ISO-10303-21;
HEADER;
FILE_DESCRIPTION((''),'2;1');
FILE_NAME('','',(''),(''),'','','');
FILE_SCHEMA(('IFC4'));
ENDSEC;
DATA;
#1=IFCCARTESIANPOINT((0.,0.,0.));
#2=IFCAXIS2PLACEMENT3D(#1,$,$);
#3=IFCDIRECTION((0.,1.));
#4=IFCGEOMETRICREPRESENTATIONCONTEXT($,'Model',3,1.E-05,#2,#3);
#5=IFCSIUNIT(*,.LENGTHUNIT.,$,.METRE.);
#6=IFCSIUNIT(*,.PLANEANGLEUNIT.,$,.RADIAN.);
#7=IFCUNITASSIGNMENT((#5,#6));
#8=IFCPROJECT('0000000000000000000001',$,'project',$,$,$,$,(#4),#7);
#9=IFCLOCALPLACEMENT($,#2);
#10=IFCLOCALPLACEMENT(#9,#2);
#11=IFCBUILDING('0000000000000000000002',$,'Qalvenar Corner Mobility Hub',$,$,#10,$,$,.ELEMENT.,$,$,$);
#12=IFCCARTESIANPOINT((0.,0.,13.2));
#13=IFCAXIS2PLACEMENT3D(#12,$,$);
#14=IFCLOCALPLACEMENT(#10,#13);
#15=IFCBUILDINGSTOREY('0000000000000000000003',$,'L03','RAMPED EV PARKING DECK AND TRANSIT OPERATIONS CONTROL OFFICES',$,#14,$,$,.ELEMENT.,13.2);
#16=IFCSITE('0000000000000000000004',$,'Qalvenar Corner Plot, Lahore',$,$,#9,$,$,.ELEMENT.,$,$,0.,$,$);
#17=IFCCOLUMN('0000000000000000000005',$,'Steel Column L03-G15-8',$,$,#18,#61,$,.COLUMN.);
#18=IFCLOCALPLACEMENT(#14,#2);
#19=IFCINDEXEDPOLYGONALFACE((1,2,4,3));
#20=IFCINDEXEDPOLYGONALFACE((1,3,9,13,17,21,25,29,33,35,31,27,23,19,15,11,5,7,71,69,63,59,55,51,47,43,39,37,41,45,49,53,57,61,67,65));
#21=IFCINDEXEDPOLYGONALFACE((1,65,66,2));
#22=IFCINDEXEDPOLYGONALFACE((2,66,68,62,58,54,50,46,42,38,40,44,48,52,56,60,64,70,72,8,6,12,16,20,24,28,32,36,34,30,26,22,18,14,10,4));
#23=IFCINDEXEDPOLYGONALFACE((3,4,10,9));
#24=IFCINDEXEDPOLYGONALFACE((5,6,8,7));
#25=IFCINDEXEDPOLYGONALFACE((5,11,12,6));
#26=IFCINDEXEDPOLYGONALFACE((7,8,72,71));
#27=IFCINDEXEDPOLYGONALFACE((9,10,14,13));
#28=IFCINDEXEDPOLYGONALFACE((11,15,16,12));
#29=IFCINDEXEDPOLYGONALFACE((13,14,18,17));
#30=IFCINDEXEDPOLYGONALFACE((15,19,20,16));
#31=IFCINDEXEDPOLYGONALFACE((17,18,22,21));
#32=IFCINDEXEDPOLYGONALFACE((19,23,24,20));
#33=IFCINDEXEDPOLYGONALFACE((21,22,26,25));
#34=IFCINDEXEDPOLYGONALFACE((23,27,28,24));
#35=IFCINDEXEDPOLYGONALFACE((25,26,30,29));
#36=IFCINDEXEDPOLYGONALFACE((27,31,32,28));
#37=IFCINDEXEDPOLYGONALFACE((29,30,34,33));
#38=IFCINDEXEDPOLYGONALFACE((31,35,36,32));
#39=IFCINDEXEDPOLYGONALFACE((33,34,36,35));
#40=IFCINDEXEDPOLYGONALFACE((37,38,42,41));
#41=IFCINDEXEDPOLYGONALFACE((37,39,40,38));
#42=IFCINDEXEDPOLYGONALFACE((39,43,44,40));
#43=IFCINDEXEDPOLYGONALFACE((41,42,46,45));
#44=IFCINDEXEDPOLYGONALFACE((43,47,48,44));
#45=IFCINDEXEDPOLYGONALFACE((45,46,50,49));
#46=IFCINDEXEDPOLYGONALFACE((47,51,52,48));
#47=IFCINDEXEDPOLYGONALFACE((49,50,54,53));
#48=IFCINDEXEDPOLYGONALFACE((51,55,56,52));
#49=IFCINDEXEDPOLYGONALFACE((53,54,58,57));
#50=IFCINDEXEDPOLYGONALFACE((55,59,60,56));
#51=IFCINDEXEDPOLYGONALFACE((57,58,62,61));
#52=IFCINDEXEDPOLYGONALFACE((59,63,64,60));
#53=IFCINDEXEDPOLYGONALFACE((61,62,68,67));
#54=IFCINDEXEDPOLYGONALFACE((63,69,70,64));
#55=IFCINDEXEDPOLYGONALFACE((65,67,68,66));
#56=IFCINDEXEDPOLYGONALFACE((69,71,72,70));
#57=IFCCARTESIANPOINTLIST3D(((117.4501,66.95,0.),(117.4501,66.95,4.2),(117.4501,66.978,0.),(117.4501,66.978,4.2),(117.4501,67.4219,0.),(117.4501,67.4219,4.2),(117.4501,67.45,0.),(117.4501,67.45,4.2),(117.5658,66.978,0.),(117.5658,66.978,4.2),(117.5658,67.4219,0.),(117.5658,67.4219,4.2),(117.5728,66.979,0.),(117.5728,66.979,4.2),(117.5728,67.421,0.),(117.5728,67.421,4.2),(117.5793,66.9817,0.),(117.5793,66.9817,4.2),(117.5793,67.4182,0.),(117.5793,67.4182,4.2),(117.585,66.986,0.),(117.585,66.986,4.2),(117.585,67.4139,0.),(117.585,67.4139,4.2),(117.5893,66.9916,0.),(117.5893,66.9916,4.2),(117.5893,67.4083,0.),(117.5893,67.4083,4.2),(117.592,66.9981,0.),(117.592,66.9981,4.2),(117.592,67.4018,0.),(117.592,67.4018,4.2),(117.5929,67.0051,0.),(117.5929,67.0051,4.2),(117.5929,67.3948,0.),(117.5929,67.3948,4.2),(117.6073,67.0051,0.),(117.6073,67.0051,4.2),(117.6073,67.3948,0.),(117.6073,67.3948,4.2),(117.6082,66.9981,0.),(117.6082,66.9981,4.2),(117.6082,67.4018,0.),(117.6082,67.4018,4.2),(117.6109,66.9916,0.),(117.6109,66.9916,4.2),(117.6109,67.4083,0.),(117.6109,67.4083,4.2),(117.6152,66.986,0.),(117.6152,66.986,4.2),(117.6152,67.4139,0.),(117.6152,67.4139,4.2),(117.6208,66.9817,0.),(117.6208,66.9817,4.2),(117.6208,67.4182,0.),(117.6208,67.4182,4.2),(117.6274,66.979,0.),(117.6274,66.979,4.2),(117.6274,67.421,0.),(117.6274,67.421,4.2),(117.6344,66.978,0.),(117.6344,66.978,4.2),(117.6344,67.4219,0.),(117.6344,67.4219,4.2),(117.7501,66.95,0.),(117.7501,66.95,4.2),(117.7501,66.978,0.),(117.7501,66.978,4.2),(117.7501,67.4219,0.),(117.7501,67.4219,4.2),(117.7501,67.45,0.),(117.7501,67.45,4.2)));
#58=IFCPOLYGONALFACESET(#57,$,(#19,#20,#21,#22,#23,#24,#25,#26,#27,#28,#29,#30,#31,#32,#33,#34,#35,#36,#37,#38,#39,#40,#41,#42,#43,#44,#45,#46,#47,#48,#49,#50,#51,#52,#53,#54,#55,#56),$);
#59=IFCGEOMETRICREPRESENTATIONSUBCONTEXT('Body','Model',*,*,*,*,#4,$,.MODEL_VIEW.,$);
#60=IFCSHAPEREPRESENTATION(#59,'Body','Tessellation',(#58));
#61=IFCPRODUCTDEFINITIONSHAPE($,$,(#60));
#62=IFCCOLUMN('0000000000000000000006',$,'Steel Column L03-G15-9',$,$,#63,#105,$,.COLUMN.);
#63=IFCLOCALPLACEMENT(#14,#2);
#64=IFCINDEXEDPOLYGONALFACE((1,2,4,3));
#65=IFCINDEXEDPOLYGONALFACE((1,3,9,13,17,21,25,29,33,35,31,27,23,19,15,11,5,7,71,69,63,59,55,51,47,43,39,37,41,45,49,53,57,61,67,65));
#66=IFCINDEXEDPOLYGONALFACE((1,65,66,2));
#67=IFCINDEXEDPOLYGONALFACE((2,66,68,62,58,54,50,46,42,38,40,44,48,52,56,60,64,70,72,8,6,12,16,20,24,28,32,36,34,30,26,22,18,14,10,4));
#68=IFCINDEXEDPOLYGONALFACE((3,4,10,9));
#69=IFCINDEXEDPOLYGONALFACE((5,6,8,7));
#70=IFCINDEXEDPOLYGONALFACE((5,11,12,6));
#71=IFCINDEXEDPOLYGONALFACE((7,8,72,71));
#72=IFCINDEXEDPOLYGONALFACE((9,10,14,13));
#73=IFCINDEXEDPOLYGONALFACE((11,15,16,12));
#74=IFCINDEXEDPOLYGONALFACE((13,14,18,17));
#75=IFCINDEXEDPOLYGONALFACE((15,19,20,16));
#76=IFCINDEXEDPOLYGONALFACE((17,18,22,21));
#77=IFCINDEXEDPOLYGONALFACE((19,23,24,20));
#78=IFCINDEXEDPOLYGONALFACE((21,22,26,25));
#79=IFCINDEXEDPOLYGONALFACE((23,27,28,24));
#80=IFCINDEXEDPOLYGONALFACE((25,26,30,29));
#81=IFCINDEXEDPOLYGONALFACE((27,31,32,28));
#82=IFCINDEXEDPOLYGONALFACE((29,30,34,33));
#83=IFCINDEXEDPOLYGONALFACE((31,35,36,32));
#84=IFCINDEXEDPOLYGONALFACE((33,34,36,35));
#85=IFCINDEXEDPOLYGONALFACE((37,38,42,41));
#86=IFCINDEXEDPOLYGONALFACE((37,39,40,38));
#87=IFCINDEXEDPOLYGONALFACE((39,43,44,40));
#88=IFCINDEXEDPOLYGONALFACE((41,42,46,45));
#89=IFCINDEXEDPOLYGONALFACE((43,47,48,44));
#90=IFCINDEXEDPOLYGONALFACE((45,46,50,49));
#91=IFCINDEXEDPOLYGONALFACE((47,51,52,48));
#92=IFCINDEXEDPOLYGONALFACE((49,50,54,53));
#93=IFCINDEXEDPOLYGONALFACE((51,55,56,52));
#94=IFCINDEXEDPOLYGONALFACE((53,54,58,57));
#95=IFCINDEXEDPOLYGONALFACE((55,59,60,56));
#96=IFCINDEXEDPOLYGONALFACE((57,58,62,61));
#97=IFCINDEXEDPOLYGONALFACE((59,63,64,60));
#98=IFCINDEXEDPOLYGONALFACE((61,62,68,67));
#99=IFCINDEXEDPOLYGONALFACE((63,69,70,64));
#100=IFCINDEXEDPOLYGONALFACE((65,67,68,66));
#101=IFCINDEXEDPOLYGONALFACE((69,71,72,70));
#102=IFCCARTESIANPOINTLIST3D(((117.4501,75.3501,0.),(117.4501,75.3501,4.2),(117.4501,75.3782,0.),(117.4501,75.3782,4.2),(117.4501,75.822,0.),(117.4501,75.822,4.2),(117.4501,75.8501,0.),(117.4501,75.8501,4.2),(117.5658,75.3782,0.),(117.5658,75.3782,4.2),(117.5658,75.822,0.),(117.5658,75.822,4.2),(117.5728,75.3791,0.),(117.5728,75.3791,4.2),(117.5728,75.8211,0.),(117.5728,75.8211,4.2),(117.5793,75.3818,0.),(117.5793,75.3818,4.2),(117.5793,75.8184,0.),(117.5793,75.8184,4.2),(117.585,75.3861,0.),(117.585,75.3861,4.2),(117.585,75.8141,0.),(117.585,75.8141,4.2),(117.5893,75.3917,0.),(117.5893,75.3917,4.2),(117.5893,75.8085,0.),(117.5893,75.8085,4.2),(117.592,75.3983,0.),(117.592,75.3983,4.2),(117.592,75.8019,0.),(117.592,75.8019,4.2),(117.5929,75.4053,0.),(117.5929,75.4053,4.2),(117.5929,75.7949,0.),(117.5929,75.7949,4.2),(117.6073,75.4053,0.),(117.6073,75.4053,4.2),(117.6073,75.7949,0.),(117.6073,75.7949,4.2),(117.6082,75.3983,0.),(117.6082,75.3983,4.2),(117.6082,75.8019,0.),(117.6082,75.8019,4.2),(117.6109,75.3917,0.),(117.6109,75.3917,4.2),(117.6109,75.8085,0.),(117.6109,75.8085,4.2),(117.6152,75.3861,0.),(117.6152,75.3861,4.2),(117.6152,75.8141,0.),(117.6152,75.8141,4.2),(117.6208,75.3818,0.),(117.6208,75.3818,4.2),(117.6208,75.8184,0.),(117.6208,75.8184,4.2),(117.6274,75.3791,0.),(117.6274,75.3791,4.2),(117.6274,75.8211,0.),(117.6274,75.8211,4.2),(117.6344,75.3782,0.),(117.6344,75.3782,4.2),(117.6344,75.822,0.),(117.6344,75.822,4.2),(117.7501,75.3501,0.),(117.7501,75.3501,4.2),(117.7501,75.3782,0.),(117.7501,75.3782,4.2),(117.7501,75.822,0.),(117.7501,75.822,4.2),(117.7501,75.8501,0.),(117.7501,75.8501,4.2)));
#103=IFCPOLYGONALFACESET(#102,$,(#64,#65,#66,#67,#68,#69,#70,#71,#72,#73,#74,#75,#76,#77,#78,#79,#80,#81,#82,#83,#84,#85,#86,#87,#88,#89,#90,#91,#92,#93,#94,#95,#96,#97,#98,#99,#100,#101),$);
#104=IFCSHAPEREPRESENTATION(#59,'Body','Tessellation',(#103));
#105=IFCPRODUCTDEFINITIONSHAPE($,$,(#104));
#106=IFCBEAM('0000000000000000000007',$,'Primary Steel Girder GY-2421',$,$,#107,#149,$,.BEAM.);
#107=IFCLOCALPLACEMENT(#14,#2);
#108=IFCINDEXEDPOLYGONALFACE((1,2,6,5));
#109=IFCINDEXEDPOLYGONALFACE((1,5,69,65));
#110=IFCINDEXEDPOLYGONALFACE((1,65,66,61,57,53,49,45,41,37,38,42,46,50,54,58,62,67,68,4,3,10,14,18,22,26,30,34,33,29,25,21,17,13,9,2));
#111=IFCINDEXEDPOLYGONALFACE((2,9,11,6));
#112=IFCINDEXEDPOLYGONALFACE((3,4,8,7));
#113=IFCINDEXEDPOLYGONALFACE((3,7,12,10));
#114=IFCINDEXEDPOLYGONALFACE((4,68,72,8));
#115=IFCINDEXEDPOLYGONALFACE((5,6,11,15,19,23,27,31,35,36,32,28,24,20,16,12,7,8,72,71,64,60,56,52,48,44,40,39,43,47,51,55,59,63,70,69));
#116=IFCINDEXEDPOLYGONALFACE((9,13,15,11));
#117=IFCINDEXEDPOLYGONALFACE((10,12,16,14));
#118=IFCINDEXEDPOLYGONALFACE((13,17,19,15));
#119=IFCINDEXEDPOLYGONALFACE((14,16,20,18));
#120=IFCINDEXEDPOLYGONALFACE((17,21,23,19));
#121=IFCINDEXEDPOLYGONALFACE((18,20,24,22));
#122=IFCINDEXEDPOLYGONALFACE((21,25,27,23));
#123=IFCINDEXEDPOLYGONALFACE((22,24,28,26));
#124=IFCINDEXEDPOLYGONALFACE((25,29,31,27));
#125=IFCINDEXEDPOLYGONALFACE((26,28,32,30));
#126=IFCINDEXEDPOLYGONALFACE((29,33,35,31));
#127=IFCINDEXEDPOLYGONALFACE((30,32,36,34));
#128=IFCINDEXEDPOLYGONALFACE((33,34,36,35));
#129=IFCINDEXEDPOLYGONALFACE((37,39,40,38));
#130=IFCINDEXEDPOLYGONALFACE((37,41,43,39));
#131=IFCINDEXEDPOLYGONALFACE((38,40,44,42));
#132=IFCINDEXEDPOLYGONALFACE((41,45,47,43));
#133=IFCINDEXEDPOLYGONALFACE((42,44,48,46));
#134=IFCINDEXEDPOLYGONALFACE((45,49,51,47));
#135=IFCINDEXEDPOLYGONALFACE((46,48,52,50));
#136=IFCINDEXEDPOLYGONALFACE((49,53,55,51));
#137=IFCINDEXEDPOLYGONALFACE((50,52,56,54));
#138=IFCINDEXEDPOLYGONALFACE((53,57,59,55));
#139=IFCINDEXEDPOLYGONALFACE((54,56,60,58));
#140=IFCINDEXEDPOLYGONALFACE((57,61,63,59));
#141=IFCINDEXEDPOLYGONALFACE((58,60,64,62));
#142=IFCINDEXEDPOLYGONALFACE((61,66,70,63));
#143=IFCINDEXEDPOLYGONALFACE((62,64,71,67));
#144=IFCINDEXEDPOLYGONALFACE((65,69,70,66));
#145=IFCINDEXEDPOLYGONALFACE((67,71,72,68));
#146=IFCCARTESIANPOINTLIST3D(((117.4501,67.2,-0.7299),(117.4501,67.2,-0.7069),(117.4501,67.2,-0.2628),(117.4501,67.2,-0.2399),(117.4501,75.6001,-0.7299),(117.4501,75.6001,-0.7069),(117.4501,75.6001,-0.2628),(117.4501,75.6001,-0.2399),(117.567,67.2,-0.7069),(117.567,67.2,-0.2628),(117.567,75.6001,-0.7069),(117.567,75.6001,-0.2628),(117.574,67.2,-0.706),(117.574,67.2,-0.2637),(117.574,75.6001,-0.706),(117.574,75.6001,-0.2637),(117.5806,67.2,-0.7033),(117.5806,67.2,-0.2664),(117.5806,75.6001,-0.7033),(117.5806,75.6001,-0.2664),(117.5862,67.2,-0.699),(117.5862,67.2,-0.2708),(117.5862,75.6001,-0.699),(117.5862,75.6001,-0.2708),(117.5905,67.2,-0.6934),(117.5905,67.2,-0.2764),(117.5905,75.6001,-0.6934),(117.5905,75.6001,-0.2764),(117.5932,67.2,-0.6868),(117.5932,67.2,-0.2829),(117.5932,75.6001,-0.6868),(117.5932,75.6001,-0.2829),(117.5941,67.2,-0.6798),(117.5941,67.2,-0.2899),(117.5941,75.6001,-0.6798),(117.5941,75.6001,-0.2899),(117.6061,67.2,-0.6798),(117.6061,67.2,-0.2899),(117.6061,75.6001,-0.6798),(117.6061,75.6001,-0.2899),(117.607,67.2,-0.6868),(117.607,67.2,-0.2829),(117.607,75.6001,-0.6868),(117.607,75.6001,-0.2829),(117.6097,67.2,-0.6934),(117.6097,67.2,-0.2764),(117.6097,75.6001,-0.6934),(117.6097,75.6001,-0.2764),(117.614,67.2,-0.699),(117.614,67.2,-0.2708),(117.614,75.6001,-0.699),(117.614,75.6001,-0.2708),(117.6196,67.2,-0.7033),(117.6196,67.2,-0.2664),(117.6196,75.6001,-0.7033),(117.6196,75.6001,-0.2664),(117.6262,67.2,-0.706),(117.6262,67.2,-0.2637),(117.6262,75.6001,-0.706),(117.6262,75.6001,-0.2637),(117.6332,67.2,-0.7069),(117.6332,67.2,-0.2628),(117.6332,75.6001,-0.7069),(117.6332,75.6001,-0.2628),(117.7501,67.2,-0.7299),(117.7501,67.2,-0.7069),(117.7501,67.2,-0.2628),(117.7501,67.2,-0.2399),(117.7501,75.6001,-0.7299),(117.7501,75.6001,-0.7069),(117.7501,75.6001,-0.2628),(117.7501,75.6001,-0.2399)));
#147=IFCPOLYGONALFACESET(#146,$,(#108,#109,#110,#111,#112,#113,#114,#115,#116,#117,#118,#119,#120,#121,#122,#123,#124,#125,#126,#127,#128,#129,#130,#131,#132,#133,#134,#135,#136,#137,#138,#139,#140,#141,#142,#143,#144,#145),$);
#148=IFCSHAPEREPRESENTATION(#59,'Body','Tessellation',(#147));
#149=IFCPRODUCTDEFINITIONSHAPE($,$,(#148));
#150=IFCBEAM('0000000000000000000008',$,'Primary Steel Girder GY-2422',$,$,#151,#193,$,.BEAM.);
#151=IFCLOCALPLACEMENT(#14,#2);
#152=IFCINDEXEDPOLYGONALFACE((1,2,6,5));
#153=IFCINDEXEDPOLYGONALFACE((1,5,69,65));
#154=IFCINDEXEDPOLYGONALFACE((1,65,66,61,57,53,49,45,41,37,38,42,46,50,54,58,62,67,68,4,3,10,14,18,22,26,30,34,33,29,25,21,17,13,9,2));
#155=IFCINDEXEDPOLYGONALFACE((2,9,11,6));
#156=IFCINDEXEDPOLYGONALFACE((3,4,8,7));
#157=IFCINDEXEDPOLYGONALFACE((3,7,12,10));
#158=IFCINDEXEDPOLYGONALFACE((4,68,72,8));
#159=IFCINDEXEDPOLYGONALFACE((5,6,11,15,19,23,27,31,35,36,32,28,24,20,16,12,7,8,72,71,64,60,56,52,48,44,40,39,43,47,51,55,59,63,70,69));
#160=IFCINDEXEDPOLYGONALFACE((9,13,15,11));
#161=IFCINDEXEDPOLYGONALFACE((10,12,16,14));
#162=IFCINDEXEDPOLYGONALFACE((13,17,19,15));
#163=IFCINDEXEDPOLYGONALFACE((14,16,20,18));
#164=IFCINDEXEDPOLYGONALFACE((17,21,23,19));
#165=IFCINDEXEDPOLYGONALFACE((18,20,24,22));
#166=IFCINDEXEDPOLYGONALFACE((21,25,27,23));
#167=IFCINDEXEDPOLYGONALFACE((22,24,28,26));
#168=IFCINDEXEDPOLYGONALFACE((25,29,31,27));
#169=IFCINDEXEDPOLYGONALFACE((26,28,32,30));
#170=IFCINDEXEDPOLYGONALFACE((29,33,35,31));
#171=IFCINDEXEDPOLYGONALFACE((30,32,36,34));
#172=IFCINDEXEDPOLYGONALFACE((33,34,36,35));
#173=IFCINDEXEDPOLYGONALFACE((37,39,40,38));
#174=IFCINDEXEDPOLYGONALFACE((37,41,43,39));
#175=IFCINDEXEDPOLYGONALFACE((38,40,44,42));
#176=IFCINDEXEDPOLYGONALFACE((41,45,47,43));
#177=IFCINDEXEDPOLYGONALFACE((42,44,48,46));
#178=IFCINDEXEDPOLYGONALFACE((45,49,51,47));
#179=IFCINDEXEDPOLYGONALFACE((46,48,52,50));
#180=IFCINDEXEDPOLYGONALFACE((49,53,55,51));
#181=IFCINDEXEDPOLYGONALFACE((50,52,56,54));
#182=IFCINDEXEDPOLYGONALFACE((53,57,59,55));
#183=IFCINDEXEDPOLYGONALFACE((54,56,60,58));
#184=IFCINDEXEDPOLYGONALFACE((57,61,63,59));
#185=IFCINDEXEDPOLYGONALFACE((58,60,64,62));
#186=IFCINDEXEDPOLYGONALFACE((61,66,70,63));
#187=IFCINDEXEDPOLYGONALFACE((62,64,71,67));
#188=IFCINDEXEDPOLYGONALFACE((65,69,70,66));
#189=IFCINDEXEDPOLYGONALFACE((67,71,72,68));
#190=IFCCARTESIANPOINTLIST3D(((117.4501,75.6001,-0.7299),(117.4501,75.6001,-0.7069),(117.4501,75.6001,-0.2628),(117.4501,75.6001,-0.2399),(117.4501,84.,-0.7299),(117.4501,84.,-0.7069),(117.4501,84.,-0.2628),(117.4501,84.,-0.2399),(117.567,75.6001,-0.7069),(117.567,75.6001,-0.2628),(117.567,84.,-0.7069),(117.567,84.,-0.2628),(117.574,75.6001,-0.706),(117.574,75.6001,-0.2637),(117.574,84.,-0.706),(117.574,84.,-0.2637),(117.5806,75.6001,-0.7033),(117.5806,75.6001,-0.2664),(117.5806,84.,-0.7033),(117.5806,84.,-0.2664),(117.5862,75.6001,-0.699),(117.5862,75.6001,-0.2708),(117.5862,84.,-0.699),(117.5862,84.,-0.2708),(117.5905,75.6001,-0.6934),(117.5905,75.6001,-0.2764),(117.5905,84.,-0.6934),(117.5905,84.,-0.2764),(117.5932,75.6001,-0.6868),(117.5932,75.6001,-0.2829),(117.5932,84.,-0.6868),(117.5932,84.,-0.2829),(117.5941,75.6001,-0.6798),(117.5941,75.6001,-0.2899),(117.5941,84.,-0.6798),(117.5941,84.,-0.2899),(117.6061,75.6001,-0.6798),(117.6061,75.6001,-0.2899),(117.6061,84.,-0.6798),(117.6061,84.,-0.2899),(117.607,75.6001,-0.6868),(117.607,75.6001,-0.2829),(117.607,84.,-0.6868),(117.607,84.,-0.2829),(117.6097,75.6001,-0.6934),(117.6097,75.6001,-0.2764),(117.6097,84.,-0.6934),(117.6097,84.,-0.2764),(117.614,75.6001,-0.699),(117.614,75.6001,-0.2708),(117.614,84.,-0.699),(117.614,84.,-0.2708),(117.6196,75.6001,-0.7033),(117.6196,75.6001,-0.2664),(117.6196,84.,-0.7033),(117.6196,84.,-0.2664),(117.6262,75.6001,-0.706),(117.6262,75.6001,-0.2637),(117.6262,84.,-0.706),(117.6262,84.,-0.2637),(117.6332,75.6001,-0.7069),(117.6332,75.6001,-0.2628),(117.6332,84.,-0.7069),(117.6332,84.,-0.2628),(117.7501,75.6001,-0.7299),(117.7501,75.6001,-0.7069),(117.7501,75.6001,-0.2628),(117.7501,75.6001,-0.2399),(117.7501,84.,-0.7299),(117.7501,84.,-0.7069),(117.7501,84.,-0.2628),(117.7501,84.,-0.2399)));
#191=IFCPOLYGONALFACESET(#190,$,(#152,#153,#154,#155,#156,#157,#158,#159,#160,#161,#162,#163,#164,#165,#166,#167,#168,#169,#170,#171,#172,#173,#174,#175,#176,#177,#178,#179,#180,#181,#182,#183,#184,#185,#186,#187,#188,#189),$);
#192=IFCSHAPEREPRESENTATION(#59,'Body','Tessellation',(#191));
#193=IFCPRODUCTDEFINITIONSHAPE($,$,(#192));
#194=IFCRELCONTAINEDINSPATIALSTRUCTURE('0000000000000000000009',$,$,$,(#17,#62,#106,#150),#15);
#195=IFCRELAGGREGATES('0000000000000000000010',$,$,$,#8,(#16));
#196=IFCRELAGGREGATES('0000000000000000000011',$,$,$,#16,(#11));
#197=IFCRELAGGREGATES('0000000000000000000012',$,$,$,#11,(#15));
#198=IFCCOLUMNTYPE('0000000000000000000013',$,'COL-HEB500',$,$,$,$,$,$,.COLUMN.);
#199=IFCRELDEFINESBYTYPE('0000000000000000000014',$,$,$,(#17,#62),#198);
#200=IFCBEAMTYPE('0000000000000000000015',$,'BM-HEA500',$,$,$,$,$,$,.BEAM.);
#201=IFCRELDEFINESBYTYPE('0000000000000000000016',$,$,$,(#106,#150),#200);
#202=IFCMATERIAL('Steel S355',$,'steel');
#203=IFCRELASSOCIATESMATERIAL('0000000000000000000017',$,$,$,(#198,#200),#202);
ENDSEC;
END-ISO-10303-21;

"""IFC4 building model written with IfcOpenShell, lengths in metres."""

from ifc_helpers import new_model, si_unit, direction, frame, origin, origin_2d, place, context, subcontext, project, spatial, i_section, extrude, material, material_profile, profile_set, type_object, element, save


model = new_model("IFC4")

# Units and contexts
model_context = context("Model", 3, precision=1e-05, world=origin(), true_north=direction((0.0, 1.0)))
body_context = subcontext(model_context, "Body", "Model", "MODEL_VIEW")
ifc_project = project(units=[si_unit("LENGTHUNIT", "METRE"), si_unit("PLANEANGLEUNIT", "RADIAN")], contexts=[model_context])

# Site, building, storey
site_placement = place(None, origin())
site = spatial("IfcSite", under=ifc_project, at=site_placement, Name="Qalvenar Corner Plot, Lahore", CompositionType="ELEMENT", RefElevation=0.0)
building_placement = place(site_placement, origin())
building = spatial("IfcBuilding", under=site, at=building_placement, Name="Qalvenar Corner Mobility Hub", CompositionType="ELEMENT")
storey_placement = place(building_placement, frame((0.0, 0.0, 13.2)))
storey = spatial("IfcBuildingStorey", under=building, at=storey_placement, Name="L03", Description="RAMPED EV PARKING DECK AND TRANSIT OPERATIONS CONTROL OFFICES", CompositionType="ELEMENT", Elevation=13.2)

# Columns
ifc_material = material(Name="Steel S355", Category="steel")
ifc_material_profile_1 = material_profile(ifc_material, i_section(OverallWidth=0.3, OverallDepth=0.5, WebThickness=0.0144, FlangeThickness=0.0281, FilletRadius=0.0271, at=origin_2d()), Name="HEB500")
ifc_profile_set_1 = profile_set([ifc_material_profile_1], Name="Steel S355")
column_type = type_object("IfcColumnType", Name="COL-HEB500", PredefinedType="COLUMN", material=ifc_profile_set_1)
for number, where, z_axis, x_axis, name in (
    (1, (117.6001, 67.2, 0.0), (0.0, 0.0, 1.0), (1.0, 0.0, 0.0), "Steel Column L03-G15-8"),
    (2, (117.6001, 75.6001, 0.0), (0.0, 0.0, 1.0), (1.0, 0.0, 0.0), "Steel Column L03-G15-9"),
):
    element("IfcColumn", number, at=place(storey_placement, frame(where, z_axis=z_axis, x_axis=x_axis)), inside=storey, type_object=column_type, Name=name, PredefinedType="COLUMN", context=body_context, shape_type="SweptSolid", body=[
        extrude(i_section(OverallWidth=0.3, OverallDepth=0.5, WebThickness=0.0144, FlangeThickness=0.0281, FilletRadius=0.0271, at=origin_2d()), origin(), (0.0, 0.0, 1.0), 4.2),
    ])

# Beams
ifc_material_profile_2 = material_profile(ifc_material, i_section(OverallWidth=0.3, OverallDepth=0.49, WebThickness=0.012, FlangeThickness=0.0229, FilletRadius=0.0271, at=origin_2d()), Name="HEA500")
ifc_profile_set_2 = profile_set([ifc_material_profile_2], Name="Steel S355")
beam_type_1 = type_object("IfcBeamType", Name="BM-HEA500", PredefinedType="BEAM", material=ifc_profile_set_2)
beam_1_placement = place(storey_placement, frame((117.6001, 67.2, -0.4849), z_axis=(0.0, 1.0, 0.0), x_axis=(-1.0, 0.0, 0.0)))
element("IfcBeam", 3, at=beam_1_placement, inside=storey, type_object=beam_type_1, Name="Primary Steel Girder GY-2421", PredefinedType="BEAM", context=body_context, shape_type="SweptSolid", body=[
    extrude(i_section(OverallWidth=0.3, OverallDepth=0.49, WebThickness=0.012, FlangeThickness=0.0229, FilletRadius=0.0271, at=origin_2d()), origin(), (0.0, 0.0, 1.0), 8.4001),
])
beam_2_placement = place(storey_placement, frame((117.6001, 75.6001, -0.4849), z_axis=(0.0, 1.0, 0.0), x_axis=(-1.0, 0.0, 0.0)))
element("IfcBeam", 4, at=beam_2_placement, inside=storey, type_object=beam_type_1, Name="Primary Steel Girder GY-2422", PredefinedType="BEAM", context=body_context, shape_type="SweptSolid", body=[
    extrude(i_section(OverallWidth=0.3, OverallDepth=0.49, WebThickness=0.012, FlangeThickness=0.0229, FilletRadius=0.0271, at=origin_2d()), origin(), (0.0, 0.0, 1.0), 8.3999),
])

save(model, "model.ifc")
